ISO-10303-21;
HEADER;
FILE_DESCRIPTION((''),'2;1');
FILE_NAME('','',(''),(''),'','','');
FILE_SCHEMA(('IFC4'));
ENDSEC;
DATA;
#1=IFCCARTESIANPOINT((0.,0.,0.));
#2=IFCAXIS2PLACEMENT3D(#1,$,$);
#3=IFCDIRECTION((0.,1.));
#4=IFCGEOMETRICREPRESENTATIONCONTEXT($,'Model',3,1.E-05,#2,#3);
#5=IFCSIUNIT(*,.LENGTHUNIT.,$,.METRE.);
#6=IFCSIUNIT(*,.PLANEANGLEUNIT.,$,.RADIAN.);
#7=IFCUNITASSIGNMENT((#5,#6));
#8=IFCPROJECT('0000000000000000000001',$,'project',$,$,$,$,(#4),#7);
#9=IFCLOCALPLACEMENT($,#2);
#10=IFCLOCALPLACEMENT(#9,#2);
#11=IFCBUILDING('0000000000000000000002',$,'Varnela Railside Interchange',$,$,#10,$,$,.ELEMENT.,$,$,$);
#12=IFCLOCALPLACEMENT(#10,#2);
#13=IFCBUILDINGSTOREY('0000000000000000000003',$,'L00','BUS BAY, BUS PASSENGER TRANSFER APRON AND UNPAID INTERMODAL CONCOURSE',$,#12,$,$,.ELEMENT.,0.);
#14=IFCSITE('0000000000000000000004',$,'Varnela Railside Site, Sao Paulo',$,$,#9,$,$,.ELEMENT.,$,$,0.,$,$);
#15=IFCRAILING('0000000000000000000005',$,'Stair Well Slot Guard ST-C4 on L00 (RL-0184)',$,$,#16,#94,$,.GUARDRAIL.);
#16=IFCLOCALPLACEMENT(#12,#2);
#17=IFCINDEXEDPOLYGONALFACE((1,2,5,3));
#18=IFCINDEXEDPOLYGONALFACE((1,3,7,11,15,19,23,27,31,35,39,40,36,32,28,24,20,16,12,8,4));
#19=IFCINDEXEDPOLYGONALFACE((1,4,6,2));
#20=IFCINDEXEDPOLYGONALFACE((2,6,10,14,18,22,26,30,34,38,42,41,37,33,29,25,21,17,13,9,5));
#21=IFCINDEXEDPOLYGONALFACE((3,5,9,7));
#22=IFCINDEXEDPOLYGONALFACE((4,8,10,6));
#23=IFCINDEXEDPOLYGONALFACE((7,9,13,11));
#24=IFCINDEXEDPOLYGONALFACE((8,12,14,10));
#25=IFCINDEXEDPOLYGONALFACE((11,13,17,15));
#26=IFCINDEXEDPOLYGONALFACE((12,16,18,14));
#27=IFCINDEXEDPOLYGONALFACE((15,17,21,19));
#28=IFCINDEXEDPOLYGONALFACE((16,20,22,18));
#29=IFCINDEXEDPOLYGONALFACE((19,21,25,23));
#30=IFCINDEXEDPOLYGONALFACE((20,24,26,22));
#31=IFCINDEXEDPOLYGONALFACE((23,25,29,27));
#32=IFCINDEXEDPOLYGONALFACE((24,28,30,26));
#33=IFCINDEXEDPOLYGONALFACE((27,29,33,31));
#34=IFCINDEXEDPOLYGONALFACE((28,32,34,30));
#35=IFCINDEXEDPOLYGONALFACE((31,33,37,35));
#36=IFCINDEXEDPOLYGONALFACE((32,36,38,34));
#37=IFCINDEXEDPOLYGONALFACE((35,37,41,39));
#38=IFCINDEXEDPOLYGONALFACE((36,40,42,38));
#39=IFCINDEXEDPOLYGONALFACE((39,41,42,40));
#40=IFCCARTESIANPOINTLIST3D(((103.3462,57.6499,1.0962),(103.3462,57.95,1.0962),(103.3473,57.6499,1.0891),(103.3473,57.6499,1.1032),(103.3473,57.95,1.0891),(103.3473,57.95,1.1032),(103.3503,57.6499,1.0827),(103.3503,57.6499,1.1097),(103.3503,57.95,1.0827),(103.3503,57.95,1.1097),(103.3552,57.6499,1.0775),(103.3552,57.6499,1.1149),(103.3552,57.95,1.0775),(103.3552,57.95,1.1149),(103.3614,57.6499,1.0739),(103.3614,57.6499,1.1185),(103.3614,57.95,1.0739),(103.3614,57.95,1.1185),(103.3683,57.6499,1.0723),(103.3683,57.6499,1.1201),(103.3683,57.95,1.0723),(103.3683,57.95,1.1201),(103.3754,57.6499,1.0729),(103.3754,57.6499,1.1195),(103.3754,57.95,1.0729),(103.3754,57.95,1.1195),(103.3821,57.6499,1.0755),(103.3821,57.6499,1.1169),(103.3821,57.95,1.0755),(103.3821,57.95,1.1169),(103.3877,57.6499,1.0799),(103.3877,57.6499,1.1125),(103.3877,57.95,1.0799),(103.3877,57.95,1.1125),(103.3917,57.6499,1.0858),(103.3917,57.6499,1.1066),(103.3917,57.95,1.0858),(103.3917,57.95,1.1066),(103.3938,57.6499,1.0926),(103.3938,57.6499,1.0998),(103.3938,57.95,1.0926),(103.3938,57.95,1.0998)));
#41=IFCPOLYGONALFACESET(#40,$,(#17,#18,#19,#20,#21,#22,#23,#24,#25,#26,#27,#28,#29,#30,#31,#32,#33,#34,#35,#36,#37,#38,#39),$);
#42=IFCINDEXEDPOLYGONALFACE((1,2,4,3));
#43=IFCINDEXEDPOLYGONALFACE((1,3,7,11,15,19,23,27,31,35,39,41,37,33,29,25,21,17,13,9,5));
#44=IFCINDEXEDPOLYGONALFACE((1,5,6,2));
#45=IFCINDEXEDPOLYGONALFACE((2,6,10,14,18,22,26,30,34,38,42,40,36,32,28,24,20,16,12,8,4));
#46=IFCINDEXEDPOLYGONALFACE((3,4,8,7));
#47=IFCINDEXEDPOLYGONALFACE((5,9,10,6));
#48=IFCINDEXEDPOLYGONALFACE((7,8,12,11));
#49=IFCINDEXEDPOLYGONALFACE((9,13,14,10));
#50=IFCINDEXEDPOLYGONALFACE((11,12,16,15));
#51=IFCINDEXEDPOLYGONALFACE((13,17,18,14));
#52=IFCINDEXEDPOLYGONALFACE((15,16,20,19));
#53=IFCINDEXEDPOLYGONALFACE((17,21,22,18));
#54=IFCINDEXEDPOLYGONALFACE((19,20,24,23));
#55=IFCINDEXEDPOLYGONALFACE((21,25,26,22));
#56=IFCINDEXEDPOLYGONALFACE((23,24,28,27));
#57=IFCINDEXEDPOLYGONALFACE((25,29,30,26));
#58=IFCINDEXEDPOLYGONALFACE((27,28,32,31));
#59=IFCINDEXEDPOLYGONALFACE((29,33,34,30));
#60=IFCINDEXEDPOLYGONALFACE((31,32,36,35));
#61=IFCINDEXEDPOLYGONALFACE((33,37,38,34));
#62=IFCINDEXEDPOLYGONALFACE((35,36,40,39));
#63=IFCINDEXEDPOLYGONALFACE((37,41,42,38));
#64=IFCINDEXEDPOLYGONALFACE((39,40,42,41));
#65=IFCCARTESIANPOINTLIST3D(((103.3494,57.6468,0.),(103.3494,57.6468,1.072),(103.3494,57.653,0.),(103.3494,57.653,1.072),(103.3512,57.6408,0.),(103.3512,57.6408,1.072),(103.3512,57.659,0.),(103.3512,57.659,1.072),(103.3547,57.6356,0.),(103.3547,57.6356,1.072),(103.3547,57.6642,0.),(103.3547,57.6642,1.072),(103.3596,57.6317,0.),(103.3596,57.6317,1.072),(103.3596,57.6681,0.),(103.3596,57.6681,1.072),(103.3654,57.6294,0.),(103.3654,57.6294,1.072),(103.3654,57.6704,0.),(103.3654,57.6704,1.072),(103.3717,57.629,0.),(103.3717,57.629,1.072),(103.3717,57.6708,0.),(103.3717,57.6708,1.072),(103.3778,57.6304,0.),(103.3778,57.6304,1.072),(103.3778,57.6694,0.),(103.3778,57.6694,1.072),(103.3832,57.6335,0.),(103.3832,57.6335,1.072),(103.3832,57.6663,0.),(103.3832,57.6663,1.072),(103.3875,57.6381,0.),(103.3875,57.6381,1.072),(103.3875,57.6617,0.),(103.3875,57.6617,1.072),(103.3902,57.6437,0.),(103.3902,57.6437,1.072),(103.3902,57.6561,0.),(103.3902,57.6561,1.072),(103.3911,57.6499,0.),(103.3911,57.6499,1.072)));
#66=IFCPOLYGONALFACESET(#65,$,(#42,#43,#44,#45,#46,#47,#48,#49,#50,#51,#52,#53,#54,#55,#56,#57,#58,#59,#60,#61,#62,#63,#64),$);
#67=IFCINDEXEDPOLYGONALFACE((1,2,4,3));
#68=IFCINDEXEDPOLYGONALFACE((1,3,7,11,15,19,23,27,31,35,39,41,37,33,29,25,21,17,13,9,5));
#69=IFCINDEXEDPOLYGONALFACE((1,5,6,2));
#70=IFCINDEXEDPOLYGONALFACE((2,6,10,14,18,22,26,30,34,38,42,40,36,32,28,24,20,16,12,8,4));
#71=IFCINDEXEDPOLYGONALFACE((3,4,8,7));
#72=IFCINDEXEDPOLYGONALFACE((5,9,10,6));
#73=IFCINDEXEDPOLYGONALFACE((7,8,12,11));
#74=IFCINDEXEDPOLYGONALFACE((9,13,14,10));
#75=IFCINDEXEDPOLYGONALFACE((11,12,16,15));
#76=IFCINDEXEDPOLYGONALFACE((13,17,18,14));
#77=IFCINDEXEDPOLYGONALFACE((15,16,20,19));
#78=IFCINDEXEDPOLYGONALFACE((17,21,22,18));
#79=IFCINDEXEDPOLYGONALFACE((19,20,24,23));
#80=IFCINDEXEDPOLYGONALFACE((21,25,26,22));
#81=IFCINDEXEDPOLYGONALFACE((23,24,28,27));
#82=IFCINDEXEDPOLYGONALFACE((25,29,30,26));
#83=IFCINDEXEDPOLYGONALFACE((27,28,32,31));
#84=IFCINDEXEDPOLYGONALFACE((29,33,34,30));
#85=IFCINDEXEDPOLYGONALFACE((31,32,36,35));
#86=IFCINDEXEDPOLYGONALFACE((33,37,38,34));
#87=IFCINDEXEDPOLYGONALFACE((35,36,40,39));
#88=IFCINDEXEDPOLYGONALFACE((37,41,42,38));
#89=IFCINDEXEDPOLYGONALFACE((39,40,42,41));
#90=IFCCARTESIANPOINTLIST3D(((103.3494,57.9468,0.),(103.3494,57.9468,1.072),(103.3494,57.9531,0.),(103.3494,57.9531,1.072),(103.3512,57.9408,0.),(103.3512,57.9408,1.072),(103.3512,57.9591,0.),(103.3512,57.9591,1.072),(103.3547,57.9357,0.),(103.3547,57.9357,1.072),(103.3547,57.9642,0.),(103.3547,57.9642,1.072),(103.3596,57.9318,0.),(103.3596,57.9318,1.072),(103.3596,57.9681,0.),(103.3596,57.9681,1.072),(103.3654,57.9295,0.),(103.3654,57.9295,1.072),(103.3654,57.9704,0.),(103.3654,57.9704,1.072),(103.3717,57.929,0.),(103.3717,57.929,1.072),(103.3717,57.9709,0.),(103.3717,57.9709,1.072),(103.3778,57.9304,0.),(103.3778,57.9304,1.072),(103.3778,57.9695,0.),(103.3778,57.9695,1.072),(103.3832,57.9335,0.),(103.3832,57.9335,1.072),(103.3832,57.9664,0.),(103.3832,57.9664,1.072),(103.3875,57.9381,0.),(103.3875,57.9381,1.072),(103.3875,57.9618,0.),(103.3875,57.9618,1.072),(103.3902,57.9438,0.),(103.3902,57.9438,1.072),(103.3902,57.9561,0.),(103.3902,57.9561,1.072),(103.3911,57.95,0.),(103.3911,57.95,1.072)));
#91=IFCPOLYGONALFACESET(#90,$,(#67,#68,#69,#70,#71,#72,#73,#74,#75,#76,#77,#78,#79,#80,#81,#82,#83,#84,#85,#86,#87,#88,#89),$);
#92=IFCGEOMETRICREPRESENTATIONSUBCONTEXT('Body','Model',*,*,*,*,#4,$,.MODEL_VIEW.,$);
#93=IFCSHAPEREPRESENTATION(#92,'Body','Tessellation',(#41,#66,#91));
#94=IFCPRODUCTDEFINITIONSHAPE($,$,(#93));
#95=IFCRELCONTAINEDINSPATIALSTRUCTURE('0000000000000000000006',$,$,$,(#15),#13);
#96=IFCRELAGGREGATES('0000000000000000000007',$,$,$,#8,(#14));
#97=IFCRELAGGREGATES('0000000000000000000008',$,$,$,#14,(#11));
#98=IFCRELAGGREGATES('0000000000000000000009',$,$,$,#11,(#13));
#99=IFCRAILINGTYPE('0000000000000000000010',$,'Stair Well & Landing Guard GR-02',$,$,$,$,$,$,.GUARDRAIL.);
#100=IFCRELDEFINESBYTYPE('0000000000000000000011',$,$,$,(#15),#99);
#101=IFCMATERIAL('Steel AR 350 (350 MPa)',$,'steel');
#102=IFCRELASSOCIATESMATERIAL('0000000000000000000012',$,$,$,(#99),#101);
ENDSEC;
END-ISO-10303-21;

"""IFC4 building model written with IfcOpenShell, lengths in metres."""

from ifc_helpers import new_model, si_unit, direction, frame, origin, origin_2d, place, context, subcontext, project, spatial, circle, extrude, material, type_object, element, save


model = new_model("IFC4")

# Units and contexts
model_context = context("Model", 3, precision=1e-05, world=origin(), true_north=direction((0.0, 1.0)))
body_context = subcontext(model_context, "Body", "Model", "MODEL_VIEW")
ifc_project = project(units=[si_unit("LENGTHUNIT", "METRE"), si_unit("PLANEANGLEUNIT", "RADIAN")], contexts=[model_context])

# Site, building, storey
site_placement = place(None, origin())
site = spatial("IfcSite", under=ifc_project, at=site_placement, Name="Varnela Railside Site, Sao Paulo", CompositionType="ELEMENT", RefElevation=0.0)
building_placement = place(site_placement, origin())
building = spatial("IfcBuilding", under=site, at=building_placement, Name="Varnela Railside Interchange", CompositionType="ELEMENT")
storey_placement = place(building_placement, origin())
storey = spatial("IfcBuildingStorey", under=building, at=storey_placement, Name="L00", Description="BUS BAY, BUS PASSENGER TRANSFER APRON AND UNPAID INTERMODAL CONCOURSE", CompositionType="ELEMENT", Elevation=0.0)

# Shared definitions
ifc_material_1 = material(Name="Steel AR 350 (350 MPa)", Category="steel")

# Railing
railing_type_1 = type_object("IfcRailingType", Name="Stair Well & Landing Guard GR-02", PredefinedType="GUARDRAIL", material=ifc_material_1)
railing_1_placement = place(storey_placement, frame((103.3701, 57.6499, 0.0)))
element("IfcRailing", 1, at=railing_1_placement, inside=storey, type_object=railing_type_1, Name="Stair Well Slot Guard ST-C4 on L00 (RL-0184)", PredefinedType="GUARDRAIL", context=body_context, shape_type="SweptSolid", body=[
    extrude(circle(Radius=0.0239, at=origin_2d()), frame((0.0, 0.0, 1.0962), z_axis=(0.0, 1.0, 0.0), x_axis=(-1.0, 0.0, 0.0)), (0.0, 0.0, 1.0), 0.3),
    extrude(circle(Radius=0.021, at=origin_2d()), origin(), (0.0, 0.0, 1.0), 1.072),
    extrude(circle(Radius=0.021, at=origin_2d()), frame((0.0, 0.3, 0.0)), (0.0, 0.0, 1.0), 1.072),
])

save(model, "model.ifc")
